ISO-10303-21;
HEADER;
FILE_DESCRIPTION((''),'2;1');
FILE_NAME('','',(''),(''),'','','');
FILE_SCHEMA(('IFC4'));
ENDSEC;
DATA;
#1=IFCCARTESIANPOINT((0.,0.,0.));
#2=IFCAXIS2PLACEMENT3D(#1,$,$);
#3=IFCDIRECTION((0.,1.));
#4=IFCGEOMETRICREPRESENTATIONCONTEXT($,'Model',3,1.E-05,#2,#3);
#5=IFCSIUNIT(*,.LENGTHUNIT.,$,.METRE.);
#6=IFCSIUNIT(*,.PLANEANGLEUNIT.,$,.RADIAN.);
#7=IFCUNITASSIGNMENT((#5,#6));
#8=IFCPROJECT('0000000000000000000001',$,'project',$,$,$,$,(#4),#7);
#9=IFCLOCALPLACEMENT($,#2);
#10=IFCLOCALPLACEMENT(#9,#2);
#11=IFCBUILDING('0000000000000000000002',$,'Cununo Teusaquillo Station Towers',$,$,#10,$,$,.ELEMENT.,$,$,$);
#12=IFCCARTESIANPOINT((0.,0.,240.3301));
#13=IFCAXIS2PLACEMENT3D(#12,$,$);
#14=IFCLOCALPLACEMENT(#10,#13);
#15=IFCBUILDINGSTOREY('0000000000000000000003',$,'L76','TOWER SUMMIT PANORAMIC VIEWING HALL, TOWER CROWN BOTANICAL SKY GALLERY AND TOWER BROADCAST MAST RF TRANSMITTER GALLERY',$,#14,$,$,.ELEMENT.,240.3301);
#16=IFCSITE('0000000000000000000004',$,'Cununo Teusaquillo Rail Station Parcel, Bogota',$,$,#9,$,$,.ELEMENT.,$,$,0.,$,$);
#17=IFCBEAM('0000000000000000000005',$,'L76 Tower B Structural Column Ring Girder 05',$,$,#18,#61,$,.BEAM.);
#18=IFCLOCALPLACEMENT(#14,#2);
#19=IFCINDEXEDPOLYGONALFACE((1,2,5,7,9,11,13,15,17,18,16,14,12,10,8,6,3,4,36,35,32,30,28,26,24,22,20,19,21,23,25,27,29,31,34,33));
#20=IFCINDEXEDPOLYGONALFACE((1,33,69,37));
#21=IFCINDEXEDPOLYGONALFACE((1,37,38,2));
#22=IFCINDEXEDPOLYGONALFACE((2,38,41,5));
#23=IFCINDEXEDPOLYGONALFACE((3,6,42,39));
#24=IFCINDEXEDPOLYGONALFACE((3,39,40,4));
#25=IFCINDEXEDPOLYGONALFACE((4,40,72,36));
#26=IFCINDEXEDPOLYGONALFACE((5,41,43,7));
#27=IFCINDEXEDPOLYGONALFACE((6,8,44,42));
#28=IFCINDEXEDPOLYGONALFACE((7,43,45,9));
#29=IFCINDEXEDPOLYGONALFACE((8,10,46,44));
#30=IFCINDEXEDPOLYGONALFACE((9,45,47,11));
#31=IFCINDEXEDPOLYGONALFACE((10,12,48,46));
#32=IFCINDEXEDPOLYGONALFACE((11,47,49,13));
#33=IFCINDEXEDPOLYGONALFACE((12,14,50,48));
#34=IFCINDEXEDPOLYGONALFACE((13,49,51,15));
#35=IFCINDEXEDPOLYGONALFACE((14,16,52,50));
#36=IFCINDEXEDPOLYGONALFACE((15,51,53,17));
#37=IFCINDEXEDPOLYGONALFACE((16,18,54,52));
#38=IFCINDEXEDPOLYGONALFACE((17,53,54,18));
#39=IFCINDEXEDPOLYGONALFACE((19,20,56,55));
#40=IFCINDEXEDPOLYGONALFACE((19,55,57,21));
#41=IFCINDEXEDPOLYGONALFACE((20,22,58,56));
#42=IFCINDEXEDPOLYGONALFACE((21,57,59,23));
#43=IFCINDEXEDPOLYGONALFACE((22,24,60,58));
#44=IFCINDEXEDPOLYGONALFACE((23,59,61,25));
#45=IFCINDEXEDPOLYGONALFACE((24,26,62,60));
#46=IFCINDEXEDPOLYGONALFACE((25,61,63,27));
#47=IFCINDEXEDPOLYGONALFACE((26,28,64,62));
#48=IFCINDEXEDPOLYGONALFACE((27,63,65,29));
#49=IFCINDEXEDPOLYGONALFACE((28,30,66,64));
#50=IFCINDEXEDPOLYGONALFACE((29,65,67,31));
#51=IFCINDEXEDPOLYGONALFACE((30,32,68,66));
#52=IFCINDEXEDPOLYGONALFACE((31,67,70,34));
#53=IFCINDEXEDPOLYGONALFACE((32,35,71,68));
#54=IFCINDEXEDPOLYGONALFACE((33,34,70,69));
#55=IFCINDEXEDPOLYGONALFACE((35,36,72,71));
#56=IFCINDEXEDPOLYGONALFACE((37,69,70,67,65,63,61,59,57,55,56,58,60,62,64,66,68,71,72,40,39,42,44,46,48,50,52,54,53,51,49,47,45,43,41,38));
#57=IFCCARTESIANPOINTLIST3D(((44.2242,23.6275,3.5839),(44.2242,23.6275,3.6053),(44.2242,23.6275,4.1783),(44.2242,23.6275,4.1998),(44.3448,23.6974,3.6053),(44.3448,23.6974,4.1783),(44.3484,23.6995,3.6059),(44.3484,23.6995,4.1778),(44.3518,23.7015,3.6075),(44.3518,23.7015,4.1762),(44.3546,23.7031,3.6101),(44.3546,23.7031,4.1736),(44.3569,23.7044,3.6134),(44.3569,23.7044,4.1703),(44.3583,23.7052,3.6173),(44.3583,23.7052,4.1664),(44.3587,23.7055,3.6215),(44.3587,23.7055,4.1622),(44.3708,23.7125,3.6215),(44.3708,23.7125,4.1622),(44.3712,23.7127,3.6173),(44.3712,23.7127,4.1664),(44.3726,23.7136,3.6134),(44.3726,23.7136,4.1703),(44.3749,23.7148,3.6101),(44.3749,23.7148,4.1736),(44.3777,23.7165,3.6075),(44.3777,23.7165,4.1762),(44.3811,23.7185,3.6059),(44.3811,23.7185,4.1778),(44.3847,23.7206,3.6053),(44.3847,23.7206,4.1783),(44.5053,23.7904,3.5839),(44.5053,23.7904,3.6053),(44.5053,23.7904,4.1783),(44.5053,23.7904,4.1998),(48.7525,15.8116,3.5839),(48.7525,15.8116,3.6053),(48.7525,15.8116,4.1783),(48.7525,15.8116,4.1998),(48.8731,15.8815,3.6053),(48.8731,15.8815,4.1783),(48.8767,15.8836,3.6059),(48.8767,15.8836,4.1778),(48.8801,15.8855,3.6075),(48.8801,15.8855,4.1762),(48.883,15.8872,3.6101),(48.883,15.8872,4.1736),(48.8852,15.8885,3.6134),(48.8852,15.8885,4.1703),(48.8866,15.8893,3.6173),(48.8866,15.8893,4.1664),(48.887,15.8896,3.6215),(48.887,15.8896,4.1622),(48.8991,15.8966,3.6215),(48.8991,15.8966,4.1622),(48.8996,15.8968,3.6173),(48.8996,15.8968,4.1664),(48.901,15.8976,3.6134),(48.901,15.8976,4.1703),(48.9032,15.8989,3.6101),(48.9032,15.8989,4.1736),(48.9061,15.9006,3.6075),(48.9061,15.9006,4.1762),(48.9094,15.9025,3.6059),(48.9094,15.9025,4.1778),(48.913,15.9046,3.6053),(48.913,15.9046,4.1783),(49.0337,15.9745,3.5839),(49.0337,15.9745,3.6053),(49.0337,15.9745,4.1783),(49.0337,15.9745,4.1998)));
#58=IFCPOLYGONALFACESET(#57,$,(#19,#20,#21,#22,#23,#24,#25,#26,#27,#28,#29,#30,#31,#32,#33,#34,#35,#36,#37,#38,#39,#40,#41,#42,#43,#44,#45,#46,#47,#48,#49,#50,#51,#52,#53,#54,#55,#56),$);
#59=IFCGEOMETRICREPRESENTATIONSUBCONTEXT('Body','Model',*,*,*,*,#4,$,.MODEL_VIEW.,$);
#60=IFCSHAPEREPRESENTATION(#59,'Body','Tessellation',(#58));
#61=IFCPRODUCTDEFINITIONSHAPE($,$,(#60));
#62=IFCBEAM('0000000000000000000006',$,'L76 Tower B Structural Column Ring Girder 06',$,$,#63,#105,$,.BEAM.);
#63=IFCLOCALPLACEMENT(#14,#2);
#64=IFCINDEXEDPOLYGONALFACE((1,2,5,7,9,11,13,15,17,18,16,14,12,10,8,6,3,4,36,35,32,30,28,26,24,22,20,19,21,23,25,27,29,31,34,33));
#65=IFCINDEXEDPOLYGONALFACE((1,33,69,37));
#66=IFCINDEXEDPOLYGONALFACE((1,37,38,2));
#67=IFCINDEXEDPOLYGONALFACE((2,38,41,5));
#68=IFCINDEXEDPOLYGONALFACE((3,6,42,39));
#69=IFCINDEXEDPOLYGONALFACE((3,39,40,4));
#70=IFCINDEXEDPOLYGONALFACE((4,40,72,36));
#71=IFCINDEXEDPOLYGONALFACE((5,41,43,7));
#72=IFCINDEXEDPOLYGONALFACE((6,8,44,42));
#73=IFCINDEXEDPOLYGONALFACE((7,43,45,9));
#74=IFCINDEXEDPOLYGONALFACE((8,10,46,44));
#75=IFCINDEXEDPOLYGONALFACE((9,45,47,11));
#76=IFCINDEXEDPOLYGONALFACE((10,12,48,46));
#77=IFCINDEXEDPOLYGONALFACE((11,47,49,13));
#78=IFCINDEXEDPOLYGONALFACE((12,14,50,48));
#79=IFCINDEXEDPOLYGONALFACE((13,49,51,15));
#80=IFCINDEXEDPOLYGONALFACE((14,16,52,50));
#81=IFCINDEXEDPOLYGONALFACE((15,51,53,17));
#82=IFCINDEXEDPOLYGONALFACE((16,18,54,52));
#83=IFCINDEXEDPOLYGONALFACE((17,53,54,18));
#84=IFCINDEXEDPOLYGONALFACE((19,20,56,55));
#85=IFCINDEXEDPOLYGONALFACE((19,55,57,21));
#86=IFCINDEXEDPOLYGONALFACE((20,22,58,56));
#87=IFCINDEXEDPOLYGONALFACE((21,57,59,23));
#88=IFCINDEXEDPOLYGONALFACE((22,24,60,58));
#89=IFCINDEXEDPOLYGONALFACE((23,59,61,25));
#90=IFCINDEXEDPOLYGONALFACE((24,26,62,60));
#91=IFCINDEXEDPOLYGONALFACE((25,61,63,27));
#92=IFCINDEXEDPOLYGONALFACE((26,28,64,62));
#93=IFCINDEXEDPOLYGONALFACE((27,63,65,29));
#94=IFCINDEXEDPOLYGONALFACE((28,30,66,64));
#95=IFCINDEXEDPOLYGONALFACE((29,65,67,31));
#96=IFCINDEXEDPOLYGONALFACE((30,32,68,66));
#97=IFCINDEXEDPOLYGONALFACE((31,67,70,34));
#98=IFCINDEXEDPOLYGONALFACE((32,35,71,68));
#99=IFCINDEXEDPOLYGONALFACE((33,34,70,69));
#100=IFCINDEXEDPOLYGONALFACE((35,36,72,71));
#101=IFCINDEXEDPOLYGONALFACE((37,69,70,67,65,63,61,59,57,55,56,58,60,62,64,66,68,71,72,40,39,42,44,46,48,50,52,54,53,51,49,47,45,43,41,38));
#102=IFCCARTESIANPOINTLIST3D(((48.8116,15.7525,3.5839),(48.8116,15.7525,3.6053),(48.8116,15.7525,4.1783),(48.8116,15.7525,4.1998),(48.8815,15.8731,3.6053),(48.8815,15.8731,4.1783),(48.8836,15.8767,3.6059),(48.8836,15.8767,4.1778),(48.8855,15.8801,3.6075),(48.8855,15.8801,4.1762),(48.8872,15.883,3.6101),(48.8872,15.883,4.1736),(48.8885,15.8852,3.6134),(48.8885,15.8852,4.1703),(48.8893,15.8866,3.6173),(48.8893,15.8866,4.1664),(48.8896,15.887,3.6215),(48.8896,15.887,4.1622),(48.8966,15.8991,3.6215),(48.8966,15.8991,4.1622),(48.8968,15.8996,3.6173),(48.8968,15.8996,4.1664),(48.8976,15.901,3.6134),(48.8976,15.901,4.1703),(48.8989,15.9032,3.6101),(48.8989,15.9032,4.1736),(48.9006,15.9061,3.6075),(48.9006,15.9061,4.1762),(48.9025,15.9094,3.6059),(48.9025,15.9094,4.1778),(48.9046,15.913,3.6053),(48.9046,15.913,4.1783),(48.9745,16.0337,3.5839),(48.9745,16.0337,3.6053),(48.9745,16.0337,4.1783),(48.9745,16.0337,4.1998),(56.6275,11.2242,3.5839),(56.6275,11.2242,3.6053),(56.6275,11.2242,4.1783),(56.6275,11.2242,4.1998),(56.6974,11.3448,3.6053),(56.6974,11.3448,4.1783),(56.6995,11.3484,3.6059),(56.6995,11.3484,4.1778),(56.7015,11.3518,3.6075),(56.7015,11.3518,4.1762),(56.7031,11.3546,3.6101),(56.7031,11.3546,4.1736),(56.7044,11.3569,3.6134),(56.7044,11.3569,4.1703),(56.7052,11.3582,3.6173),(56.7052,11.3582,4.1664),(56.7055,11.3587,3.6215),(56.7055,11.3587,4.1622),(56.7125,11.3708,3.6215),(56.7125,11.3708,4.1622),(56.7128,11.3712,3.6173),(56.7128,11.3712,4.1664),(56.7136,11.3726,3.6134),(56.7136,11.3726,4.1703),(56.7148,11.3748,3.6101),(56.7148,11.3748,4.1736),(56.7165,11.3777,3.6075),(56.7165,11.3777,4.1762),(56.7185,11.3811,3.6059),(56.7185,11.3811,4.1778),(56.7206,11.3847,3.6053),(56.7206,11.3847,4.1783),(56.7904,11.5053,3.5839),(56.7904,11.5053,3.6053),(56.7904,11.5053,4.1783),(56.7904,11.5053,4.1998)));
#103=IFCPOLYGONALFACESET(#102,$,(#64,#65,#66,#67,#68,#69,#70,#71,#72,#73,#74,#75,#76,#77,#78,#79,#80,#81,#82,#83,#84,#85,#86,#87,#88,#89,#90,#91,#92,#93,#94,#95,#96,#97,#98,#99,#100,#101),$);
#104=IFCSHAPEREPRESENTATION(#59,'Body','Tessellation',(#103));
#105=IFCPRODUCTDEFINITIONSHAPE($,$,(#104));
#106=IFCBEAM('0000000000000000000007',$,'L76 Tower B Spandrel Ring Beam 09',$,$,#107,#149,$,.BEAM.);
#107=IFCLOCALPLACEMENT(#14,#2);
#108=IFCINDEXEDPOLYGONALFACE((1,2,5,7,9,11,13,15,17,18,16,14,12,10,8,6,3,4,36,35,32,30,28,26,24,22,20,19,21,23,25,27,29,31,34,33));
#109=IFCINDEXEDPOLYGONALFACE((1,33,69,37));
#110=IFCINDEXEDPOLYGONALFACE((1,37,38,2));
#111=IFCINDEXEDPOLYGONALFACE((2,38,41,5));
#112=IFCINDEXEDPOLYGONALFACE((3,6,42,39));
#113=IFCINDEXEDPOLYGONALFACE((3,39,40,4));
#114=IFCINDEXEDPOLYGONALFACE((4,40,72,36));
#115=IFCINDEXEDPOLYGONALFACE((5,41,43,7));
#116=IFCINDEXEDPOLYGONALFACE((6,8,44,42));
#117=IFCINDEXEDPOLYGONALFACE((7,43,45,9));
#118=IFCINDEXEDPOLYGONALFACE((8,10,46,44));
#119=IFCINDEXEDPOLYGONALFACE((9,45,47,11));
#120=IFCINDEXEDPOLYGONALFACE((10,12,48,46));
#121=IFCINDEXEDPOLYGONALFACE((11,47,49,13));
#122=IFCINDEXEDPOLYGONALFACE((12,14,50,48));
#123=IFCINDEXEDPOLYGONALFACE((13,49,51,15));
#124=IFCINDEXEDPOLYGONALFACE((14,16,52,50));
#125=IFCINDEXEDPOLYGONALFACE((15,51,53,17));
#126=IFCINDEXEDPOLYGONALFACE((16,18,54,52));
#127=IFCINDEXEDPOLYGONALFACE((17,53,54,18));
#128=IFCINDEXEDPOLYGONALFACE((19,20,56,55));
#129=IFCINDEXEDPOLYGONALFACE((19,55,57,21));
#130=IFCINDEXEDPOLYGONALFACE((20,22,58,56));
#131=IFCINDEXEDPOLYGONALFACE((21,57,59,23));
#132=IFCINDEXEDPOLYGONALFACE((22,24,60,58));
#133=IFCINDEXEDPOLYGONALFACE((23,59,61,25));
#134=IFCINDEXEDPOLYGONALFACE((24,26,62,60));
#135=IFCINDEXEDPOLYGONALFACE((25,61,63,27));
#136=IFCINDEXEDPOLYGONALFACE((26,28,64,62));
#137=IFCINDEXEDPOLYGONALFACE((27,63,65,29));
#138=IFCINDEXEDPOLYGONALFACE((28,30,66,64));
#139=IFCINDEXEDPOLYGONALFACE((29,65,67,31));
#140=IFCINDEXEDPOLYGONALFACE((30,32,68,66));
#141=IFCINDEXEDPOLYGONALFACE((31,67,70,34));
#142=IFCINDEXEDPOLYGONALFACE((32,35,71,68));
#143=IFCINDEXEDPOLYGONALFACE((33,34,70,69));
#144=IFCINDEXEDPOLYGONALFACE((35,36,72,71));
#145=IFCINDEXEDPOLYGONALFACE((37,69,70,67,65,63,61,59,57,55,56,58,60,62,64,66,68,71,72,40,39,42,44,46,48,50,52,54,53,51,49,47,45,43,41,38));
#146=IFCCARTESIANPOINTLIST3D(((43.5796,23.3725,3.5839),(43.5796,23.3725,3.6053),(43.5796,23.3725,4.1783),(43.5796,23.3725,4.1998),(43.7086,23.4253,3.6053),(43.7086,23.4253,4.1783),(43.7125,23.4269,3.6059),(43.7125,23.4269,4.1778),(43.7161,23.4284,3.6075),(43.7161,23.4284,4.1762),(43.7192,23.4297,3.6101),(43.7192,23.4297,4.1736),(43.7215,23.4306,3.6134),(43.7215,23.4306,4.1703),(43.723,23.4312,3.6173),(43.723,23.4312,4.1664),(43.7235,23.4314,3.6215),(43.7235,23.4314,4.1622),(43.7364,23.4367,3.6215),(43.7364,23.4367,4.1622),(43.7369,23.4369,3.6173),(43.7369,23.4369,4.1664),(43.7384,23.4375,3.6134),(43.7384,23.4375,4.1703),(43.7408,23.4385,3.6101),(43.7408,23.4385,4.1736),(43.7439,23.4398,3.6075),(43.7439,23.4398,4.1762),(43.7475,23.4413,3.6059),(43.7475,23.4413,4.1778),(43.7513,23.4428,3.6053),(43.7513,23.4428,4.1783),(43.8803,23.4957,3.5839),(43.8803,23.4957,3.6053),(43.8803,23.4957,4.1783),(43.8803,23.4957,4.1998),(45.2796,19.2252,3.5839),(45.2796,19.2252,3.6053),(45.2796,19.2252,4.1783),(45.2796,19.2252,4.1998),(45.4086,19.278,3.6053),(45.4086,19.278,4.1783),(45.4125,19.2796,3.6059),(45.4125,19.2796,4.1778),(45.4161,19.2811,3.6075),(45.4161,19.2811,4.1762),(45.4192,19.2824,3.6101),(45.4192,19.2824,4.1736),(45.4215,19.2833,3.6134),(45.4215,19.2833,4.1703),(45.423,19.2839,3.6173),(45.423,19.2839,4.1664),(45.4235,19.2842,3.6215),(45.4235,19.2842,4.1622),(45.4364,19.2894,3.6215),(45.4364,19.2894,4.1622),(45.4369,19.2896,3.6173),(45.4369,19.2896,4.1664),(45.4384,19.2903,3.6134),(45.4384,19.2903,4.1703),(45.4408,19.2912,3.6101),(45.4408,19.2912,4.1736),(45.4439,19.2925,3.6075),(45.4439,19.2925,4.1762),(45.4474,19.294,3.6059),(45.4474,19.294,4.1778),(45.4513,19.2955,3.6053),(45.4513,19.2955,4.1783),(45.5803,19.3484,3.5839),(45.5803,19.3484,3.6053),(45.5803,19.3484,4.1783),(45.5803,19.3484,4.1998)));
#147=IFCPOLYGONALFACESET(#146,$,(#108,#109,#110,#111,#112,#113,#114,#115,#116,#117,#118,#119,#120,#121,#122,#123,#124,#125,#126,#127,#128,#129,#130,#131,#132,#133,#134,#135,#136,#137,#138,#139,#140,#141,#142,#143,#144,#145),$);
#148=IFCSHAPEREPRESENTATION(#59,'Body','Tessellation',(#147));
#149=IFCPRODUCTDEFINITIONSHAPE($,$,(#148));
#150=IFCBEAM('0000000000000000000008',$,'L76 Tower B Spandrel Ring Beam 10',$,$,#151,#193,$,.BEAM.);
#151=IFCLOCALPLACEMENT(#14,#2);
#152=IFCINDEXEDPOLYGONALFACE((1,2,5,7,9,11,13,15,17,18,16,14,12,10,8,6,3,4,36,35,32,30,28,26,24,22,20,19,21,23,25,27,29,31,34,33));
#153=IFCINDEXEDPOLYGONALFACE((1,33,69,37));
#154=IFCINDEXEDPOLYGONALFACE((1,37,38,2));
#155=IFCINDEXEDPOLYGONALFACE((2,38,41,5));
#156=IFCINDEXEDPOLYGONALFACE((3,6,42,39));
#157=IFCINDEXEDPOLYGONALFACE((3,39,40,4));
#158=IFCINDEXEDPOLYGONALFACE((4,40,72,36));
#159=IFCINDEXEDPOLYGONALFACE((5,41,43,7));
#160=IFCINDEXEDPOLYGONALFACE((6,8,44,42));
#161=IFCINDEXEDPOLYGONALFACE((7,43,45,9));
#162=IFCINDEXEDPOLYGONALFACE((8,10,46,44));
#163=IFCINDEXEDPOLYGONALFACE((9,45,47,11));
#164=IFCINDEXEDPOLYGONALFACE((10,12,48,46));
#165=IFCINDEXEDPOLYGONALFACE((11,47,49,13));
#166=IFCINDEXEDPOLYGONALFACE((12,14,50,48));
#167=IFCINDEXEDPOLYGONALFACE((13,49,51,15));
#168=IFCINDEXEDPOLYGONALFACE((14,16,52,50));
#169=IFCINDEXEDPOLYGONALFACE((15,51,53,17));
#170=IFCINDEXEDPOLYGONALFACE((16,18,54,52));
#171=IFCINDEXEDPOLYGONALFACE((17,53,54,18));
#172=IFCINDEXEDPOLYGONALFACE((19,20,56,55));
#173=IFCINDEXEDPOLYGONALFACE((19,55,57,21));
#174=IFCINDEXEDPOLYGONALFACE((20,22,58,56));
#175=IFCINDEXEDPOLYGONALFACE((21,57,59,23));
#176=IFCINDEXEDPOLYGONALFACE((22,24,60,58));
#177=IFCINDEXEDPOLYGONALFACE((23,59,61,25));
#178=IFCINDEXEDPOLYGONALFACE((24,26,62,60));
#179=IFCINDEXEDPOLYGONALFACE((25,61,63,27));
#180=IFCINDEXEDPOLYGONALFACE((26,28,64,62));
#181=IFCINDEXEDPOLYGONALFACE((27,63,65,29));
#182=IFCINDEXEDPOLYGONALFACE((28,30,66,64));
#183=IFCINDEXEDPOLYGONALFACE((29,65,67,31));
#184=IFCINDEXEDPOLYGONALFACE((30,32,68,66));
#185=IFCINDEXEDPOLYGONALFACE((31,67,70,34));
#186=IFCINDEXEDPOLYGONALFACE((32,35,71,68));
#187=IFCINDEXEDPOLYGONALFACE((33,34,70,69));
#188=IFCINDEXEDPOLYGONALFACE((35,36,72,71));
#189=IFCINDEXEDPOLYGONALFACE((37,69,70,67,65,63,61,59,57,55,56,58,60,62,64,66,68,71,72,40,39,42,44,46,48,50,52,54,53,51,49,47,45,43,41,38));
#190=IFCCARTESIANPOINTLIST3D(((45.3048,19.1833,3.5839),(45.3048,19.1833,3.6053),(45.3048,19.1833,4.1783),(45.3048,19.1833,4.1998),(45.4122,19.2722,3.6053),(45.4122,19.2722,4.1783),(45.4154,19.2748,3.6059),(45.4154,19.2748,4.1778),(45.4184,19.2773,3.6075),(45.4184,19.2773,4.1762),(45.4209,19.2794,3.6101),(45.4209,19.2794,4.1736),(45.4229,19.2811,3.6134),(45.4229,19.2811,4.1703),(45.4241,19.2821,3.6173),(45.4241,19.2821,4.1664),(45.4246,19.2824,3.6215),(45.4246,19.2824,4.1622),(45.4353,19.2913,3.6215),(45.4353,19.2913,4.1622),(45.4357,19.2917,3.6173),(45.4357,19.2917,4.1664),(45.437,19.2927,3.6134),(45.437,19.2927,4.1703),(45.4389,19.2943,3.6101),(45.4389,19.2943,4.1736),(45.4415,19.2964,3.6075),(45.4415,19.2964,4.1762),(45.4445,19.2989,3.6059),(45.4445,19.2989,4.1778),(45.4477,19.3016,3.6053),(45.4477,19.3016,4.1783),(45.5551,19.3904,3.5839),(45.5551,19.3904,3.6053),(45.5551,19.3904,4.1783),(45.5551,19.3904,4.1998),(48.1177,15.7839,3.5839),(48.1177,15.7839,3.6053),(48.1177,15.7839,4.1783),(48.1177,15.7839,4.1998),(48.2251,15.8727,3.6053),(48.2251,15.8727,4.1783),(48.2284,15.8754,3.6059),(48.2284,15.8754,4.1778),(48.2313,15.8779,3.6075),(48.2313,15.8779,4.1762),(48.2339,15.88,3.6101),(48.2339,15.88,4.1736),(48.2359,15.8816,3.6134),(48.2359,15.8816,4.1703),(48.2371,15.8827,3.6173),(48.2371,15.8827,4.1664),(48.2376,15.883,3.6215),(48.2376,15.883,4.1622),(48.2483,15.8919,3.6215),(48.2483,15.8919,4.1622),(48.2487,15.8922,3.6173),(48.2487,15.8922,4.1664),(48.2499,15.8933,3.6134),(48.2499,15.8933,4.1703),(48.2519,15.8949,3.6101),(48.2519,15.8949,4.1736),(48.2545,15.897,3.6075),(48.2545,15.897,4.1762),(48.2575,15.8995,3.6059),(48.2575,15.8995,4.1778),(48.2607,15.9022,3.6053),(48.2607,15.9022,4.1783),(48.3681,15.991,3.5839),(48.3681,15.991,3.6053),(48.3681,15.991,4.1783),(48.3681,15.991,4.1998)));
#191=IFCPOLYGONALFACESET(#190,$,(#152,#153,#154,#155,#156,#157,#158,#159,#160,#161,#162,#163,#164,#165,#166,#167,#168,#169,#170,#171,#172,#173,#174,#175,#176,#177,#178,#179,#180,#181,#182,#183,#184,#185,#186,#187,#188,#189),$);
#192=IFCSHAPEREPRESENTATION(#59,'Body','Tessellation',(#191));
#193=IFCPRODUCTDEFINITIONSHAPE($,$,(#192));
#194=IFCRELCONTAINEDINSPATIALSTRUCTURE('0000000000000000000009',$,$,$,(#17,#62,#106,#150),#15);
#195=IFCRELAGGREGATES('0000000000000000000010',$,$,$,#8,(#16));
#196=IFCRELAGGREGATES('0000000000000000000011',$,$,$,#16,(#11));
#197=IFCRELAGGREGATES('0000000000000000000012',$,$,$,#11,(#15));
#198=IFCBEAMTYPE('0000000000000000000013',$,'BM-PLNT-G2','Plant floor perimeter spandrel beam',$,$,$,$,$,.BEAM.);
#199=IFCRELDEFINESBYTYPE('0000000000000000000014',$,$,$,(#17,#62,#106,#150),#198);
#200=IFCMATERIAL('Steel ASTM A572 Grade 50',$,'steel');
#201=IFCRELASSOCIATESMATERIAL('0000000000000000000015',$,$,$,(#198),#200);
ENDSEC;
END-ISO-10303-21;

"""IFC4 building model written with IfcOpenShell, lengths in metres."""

from ifc_helpers import new_model, si_unit, direction, frame, origin, origin_2d, place, context, subcontext, project, spatial, i_section, extrude, material, material_profile, profile_set, type_object, element, save


model = new_model("IFC4")

# Units and contexts
model_context = context("Model", 3, precision=1e-05, world=origin(), true_north=direction((0.0, 1.0)))
body_context = subcontext(model_context, "Body", "Model", "MODEL_VIEW")
ifc_project = project(units=[si_unit("LENGTHUNIT", "METRE"), si_unit("PLANEANGLEUNIT", "RADIAN")], contexts=[model_context])

# Site, building, storey
site_placement = place(None, origin())
site = spatial("IfcSite", under=ifc_project, at=site_placement, Name="Cununo Teusaquillo Rail Station Parcel, Bogota", CompositionType="ELEMENT", RefElevation=0.0)
building_placement = place(site_placement, origin())
building = spatial("IfcBuilding", under=site, at=building_placement, Name="Cununo Teusaquillo Station Towers", CompositionType="ELEMENT")
storey_placement = place(building_placement, frame((0.0, 0.0, 240.3301)))
storey = spatial("IfcBuildingStorey", under=building, at=storey_placement, Name="L76", Description="TOWER SUMMIT PANORAMIC VIEWING HALL, TOWER CROWN BOTANICAL SKY GALLERY AND TOWER BROADCAST MAST RF TRANSMITTER GALLERY", CompositionType="ELEMENT", Elevation=240.3301)

# Beams
ifc_material_1 = material(Name="Steel ASTM A572 Grade 50", Category="steel")
ifc_material_profile_1 = material_profile(ifc_material_1, i_section(OverallWidth=0.325, OverallDepth=0.616, WebThickness=0.0139, FlangeThickness=0.0215, FilletRadius=0.0161, at=origin_2d()), Name="W24X117")
ifc_profile_set_1 = profile_set([ifc_material_profile_1], Name="Steel ASTM A572 Grade 50")
beam_type_1 = type_object("IfcBeamType", Name="BM-PLNT-G2", Description="Plant floor perimeter spandrel beam", PredefinedType="BEAM", material=ifc_profile_set_1)
for number, where, z_axis, x_axis, name in (
    (1, (44.3647, 23.709, 3.8918), (0.501311, -0.865267, 0.0), (0.865267, 0.501311, 0.0), "L76 Tower B Structural Column Ring Girder 05"),
    (2, (48.8931, 15.8931, 3.8918), (0.865267, -0.501311, 0.0), (0.501311, 0.865267, 0.0), "L76 Tower B Structural Column Ring Girder 06"),
):
    element("IfcBeam", number, at=place(storey_placement, frame(where, z_axis=z_axis, x_axis=x_axis)), inside=storey, type_object=beam_type_1, Name=name, PredefinedType="BEAM", context=body_context, shape_type="SweptSolid", body=[
        extrude(i_section(OverallWidth=0.325, OverallDepth=0.616, WebThickness=0.0139, FlangeThickness=0.0215, FilletRadius=0.0161, at=origin_2d()), origin(), (0.0, 0.0, 1.0), 9.033),
    ])
beam_1_placement = place(storey_placement, frame((43.73, 23.4341, 3.8918), z_axis=(0.379275, -0.925284, 0.0), x_axis=(0.925284, 0.379275, 0.0)))
element("IfcBeam", 3, at=beam_1_placement, inside=storey, type_object=beam_type_1, Name="L76 Tower B Spandrel Ring Beam 09", PredefinedType="BEAM", context=body_context, shape_type="SweptSolid", body=[
    extrude(i_section(OverallWidth=0.325, OverallDepth=0.616, WebThickness=0.0139, FlangeThickness=0.0215, FilletRadius=0.0161, at=origin_2d()), origin(), (0.0, 0.0, 1.0), 4.4822),
])
beam_2_placement = place(storey_placement, frame((45.4299, 19.2869, 3.8918), z_axis=(0.637525, -0.77043, 0.0), x_axis=(0.77043, 0.637525, 0.0)))
element("IfcBeam", 4, at=beam_2_placement, inside=storey, type_object=beam_type_1, Name="L76 Tower B Spandrel Ring Beam 10", PredefinedType="BEAM", context=body_context, shape_type="SweptSolid", body=[
    extrude(i_section(OverallWidth=0.325, OverallDepth=0.616, WebThickness=0.0139, FlangeThickness=0.0215, FilletRadius=0.0161, at=origin_2d()), origin(), (0.0, 0.0, 1.0), 4.4124),
])

save(model, "model.ifc")
